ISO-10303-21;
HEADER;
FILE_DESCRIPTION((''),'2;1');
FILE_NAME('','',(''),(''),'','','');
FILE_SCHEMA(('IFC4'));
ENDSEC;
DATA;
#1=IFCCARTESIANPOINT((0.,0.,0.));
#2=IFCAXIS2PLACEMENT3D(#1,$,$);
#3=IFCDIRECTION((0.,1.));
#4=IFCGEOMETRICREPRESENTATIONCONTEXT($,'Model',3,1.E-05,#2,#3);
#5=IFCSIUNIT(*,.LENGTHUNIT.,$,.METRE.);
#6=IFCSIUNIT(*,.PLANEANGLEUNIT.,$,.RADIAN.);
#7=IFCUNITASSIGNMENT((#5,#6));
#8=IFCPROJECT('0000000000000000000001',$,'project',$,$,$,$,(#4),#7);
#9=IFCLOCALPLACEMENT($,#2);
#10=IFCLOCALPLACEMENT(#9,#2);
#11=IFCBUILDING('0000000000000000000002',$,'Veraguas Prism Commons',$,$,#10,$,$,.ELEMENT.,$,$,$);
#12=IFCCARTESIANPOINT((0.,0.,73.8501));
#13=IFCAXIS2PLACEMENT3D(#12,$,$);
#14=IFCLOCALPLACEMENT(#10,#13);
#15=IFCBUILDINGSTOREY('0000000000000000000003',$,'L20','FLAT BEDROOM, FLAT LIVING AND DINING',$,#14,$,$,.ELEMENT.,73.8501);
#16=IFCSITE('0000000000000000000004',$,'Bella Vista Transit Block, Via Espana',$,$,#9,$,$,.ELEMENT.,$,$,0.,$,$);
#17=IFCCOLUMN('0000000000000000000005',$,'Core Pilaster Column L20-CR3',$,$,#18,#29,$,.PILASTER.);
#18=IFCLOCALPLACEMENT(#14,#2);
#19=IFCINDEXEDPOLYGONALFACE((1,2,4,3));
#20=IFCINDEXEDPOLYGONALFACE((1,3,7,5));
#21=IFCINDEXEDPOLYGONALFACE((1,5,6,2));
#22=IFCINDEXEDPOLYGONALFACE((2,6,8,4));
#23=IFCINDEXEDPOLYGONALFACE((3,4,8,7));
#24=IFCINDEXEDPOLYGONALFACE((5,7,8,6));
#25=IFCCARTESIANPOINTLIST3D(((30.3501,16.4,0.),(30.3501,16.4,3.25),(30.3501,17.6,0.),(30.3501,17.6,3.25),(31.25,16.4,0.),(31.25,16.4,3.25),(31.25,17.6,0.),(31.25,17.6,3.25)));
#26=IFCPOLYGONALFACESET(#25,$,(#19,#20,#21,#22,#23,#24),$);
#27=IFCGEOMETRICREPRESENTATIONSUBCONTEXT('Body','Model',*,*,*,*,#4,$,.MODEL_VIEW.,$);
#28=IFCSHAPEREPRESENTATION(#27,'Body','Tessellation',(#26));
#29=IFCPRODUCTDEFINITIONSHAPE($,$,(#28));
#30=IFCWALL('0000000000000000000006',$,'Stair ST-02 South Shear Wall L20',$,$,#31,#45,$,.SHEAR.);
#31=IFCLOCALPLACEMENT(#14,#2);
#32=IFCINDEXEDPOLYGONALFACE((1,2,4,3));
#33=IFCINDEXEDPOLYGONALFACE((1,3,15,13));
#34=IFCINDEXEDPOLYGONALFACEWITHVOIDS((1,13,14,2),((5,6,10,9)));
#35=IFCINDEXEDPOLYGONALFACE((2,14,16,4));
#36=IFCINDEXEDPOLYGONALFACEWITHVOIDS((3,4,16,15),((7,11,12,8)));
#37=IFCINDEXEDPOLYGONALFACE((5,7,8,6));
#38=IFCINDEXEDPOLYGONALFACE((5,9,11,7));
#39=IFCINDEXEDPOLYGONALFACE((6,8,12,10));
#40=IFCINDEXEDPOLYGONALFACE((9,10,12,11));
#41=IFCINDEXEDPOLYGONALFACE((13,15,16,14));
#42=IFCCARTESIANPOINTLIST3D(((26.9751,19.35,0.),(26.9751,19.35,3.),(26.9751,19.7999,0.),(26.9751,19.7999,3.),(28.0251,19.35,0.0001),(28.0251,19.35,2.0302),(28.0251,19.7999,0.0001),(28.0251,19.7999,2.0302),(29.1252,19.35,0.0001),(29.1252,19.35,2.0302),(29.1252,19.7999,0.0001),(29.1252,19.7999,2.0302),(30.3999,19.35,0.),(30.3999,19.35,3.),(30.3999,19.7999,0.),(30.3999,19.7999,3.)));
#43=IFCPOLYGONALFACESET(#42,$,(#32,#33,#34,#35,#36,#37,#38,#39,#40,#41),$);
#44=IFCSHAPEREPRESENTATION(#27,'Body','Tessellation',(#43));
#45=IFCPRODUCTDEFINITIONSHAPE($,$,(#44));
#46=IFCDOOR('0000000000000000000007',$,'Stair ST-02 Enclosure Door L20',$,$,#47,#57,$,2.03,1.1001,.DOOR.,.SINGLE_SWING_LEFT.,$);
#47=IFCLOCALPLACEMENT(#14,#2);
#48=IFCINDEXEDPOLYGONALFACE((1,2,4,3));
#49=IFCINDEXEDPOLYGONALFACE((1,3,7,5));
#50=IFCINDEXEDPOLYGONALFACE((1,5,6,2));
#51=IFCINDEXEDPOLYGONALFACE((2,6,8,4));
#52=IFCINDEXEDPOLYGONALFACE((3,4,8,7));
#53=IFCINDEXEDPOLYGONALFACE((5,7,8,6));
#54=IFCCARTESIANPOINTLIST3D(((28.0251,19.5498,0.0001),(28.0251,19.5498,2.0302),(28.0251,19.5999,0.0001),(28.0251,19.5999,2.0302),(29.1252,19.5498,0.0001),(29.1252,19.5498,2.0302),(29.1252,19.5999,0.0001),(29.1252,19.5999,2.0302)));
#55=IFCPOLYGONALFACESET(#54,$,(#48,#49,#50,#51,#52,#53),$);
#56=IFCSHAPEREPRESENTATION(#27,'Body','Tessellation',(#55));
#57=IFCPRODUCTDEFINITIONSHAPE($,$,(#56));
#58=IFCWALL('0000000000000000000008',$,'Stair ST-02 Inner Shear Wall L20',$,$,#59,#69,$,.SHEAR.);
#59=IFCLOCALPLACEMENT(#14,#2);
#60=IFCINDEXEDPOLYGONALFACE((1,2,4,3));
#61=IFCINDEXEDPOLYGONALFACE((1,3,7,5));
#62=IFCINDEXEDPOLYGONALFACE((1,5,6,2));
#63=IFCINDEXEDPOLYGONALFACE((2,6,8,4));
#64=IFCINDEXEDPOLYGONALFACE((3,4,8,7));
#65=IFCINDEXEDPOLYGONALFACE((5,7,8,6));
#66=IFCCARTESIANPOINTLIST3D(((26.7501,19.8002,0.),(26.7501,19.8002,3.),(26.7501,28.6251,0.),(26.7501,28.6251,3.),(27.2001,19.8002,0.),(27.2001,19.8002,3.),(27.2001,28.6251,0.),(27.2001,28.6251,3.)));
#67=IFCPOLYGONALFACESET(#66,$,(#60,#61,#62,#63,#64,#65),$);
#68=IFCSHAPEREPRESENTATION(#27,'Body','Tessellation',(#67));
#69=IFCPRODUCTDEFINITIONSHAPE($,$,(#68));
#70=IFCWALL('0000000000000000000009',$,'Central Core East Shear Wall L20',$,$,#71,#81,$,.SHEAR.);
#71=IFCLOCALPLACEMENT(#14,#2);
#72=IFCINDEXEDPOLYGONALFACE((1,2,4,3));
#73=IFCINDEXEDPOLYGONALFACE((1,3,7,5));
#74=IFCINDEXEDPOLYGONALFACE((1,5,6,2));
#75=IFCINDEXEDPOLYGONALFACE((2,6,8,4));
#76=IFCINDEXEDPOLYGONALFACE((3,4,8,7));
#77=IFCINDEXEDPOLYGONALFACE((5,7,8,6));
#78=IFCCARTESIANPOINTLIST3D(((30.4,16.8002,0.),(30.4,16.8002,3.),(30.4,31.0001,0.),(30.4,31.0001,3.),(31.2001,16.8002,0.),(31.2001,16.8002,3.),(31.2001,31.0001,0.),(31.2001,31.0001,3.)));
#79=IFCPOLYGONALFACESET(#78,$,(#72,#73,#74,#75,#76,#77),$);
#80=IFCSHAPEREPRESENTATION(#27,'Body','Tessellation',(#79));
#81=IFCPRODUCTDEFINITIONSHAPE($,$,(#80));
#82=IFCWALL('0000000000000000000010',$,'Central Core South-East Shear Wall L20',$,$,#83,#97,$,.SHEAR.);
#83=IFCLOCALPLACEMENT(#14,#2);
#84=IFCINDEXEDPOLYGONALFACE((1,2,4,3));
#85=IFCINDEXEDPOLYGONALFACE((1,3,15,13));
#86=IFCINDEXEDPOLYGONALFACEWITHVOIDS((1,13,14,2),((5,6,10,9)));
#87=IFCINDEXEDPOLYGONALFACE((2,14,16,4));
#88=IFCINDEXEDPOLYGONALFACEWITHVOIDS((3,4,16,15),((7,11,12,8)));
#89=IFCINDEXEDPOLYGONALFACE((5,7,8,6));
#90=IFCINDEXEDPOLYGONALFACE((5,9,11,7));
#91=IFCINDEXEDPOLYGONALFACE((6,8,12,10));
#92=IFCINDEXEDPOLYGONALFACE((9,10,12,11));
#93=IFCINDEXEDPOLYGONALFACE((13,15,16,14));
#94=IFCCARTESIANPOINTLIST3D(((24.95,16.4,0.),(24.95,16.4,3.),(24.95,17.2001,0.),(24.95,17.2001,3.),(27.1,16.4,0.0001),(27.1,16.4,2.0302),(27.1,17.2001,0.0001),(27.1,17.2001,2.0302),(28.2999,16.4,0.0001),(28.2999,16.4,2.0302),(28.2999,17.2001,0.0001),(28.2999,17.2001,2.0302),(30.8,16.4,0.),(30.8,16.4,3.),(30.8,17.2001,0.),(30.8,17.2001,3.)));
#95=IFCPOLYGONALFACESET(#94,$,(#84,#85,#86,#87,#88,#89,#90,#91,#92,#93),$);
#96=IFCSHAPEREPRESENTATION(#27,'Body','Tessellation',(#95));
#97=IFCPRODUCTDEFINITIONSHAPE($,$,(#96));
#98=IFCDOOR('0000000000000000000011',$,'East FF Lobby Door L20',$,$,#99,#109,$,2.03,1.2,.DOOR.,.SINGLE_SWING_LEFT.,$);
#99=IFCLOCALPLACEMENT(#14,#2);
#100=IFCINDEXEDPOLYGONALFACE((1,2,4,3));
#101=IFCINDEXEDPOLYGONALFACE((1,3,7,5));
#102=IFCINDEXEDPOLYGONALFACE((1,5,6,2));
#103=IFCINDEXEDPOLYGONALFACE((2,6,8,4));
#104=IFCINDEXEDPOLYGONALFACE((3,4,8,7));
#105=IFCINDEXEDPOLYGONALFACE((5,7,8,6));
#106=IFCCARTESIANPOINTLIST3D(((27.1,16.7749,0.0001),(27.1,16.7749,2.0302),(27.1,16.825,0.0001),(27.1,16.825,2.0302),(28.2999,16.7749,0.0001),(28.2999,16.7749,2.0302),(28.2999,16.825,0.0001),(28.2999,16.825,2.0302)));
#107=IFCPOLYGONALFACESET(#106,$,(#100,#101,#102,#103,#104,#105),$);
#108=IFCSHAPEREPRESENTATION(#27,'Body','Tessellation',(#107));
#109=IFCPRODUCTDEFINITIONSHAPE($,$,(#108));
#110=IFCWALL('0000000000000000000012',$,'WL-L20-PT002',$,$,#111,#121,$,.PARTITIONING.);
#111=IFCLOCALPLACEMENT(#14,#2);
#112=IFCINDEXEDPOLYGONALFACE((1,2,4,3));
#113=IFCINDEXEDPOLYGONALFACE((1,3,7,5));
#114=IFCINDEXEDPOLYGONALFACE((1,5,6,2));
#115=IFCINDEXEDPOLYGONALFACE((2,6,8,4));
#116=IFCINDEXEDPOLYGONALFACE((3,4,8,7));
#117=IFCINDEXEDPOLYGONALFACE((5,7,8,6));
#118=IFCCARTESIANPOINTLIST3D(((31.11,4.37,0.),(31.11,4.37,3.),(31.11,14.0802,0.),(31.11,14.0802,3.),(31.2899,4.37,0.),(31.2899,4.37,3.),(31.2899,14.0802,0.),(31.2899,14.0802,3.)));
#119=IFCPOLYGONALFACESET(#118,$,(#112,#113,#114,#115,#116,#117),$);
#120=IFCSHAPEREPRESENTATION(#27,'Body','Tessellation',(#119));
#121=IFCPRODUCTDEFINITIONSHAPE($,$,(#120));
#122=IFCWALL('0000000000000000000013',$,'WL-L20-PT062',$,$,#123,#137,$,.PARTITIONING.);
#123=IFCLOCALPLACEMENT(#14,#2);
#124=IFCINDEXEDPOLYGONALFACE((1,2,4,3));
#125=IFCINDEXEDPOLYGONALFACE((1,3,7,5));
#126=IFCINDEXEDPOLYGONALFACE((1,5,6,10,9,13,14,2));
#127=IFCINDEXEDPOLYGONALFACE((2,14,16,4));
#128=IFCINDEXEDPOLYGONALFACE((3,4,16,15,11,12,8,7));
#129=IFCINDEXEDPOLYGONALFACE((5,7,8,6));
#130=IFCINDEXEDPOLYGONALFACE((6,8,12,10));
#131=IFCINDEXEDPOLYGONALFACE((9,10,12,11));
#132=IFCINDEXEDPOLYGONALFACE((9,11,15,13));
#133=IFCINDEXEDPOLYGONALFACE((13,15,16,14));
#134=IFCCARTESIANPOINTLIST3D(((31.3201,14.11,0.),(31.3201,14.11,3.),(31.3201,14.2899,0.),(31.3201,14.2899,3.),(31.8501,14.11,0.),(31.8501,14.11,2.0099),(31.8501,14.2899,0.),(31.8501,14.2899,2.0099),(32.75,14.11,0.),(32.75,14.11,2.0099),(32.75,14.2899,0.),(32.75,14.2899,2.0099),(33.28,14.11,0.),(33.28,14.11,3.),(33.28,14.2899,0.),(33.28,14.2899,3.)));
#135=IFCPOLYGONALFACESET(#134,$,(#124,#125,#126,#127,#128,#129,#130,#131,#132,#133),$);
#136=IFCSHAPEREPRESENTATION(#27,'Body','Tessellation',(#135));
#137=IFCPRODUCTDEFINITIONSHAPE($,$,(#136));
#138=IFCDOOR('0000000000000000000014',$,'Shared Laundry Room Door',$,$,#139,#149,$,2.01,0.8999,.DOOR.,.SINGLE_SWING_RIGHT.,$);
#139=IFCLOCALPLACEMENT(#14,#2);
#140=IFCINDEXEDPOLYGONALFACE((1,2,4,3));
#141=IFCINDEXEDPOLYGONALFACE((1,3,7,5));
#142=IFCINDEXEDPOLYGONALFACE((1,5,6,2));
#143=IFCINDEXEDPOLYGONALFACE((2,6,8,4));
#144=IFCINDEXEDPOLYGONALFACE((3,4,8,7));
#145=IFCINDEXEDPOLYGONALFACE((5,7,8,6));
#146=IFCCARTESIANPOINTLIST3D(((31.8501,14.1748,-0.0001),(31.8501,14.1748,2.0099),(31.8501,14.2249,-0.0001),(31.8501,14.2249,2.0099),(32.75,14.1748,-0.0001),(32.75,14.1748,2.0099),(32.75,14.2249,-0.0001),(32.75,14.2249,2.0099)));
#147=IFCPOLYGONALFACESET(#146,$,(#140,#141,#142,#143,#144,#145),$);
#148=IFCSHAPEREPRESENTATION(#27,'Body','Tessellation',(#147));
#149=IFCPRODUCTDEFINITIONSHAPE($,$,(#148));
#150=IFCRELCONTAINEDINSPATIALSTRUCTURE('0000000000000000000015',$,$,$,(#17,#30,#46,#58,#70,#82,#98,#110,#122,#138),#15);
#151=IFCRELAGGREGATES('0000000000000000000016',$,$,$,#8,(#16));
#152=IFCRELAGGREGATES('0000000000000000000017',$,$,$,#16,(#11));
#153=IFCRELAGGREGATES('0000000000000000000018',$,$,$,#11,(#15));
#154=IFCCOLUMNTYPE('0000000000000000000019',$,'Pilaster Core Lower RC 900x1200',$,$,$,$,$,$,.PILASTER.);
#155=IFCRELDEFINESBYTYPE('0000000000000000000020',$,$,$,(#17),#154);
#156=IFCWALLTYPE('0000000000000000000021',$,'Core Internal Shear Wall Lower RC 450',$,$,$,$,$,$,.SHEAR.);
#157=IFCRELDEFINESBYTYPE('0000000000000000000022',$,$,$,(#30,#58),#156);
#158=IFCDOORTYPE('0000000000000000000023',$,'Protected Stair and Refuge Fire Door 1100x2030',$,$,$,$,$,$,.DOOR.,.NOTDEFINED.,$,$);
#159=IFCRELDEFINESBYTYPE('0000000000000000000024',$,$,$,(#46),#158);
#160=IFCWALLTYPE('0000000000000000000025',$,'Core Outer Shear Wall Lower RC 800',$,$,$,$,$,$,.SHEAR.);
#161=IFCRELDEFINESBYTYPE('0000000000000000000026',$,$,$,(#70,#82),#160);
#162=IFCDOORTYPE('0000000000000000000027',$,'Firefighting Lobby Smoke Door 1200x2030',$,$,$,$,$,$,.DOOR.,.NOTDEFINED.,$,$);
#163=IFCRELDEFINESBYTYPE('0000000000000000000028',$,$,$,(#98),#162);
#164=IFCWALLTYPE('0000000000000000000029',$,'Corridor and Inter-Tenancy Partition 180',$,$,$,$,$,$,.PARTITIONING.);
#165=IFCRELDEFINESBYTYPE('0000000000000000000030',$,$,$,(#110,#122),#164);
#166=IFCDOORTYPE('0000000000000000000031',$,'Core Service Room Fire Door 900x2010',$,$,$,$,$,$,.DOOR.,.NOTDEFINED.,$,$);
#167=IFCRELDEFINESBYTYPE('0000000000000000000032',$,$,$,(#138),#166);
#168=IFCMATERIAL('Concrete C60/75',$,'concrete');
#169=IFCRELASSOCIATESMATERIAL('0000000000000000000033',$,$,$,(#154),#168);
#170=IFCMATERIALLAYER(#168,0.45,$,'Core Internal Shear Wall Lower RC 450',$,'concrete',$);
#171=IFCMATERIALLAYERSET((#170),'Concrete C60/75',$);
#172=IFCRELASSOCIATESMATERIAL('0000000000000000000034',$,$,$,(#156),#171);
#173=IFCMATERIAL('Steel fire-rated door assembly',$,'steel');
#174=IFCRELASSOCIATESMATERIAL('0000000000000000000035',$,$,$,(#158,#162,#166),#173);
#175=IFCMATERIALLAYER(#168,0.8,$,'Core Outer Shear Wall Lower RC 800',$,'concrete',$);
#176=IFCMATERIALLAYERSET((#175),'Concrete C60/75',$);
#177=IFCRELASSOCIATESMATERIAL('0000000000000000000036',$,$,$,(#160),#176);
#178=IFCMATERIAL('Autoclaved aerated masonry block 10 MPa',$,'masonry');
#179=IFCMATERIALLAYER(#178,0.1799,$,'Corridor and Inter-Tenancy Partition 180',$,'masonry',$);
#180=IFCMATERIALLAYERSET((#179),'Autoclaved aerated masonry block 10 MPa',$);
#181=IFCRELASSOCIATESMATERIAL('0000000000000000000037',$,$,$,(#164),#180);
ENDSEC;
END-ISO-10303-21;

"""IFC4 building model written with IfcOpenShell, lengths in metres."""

from ifc_helpers import new_model, si_unit, direction, frame, frame_2d, origin, origin_2d, place, context, subcontext, project, spatial, rectangle, extrude, source, transform, mapped, material, layer, layer_set, material_profile, profile_set, type_object, element, fill, save


model = new_model("IFC4")

# Units and contexts
model_context = context("Model", 3, precision=1e-05, world=origin(), true_north=direction((0.0, 1.0)))
body_context = subcontext(model_context, "Body", "Model", "MODEL_VIEW")
ifc_project = project(units=[si_unit("LENGTHUNIT", "METRE"), si_unit("PLANEANGLEUNIT", "RADIAN")], contexts=[model_context])

# Site, building, storey
site_placement = place(None, origin())
site = spatial("IfcSite", under=ifc_project, at=site_placement, Name="Bella Vista Transit Block, Via Espana", CompositionType="ELEMENT", RefElevation=0.0)
building_placement = place(site_placement, origin())
building = spatial("IfcBuilding", under=site, at=building_placement, Name="Veraguas Prism Commons", CompositionType="ELEMENT")
storey_placement = place(building_placement, frame((0.0, 0.0, 73.8501)))
storey = spatial("IfcBuildingStorey", under=building, at=storey_placement, Name="L20", Description="FLAT BEDROOM, FLAT LIVING AND DINING", CompositionType="ELEMENT", Elevation=73.8501)

# Column
ifc_material_1 = material(Name="Concrete C60/75", Category="concrete")
ifc_material_profile = material_profile(ifc_material_1, rectangle(XDim=0.8999, YDim=1.2, at=origin_2d()), Name="RC900X1200")
ifc_profile_set = profile_set([ifc_material_profile], Name="Concrete C60/75")
column_type = type_object("IfcColumnType", Name="Pilaster Core Lower RC 900x1200", PredefinedType="PILASTER", material=ifc_profile_set)
column_placement = place(storey_placement, frame((30.8, 17.0, 0.0), z_axis=(0.0, 0.0, 1.0), x_axis=(1.0, 0.0, 0.0)))
element("IfcColumn", 1, at=column_placement, inside=storey, type_object=column_type, Name="Core Pilaster Column L20-CR3", PredefinedType="PILASTER", context=body_context, shape_type="SweptSolid", body=[
    extrude(rectangle(XDim=0.8999, YDim=1.2, at=origin_2d()), origin(), (0.0, 0.0, 1.0), 3.25),
])

# Wall, opening, door
ifc_layer_1 = layer(ifc_material_1, 0.45, Name="Core Internal Shear Wall Lower RC 450", Category="concrete")
ifc_layer_set_1 = layer_set([ifc_layer_1], Name="Concrete C60/75")
wall_type_1 = type_object("IfcWallType", Name="Core Internal Shear Wall Lower RC 450", PredefinedType="SHEAR", material=ifc_layer_set_1)
wall_1_placement = place(storey_placement, frame((26.9751, 19.575, 0.0), z_axis=(0.0, 0.0, 1.0), x_axis=(1.0, 0.0, 0.0)))
wall_1 = element("IfcWall", 2, at=wall_1_placement, inside=storey, type_object=wall_type_1, Name="Stair ST-02 South Shear Wall L20", PredefinedType="SHEAR", context=body_context, shape_type="SweptSolid", body=[
    extrude(rectangle(XDim=3.4248, YDim=0.45, at=frame_2d((1.7124, 0.0))), origin(), (0.0, 0.0, 1.0), 3.0),
])
opening_1_placement = place(wall_1_placement, frame((1.05, 0.0, 0.0)))
opening_1 = element("IfcOpeningElement", 3, at=opening_1_placement, cuts=wall_1, PredefinedType="OPENING", context=body_context, shape_type="SweptSolid", body=[
    extrude(rectangle(XDim=1.1001, YDim=2.03, at=frame_2d((0.55, 1.0151))), frame((0.0, 0.2349, 0.0), z_axis=(0.0, -1.0, 0.0), x_axis=(1.0, 0.0, 0.0)), (0.0, 0.0, 1.0), 0.47),
])
ifc_material_2 = material(Name="Steel fire-rated door assembly", Category="steel")
door_type_1 = type_object("IfcDoorType", Name="Protected Stair and Refuge Fire Door 1100x2030", OperationType="NOTDEFINED", PredefinedType="DOOR", material=ifc_material_2)
shared_shape_1 = source(origin(), body_context, "Body", "SweptSolid", [
    extrude(rectangle(XDim=1.1001, YDim=2.03, at=frame_2d((0.55, 1.0151))), frame((0.0, 0.0249, 0.0), z_axis=(0.0, -1.0, 0.0), x_axis=(1.0, 0.0, 0.0)), (0.0, 0.0, 1.0), 0.05),
])
door_1_placement = place(opening_1_placement, origin())
door_1 = element("IfcDoor", 4, at=door_1_placement, inside=storey, type_object=door_type_1, Name="Stair ST-02 Enclosure Door L20", OperationType="SINGLE_SWING_LEFT", OverallHeight=2.03, OverallWidth=1.1001, PredefinedType="DOOR", context=body_context, shape_type="MappedRepresentation", body=[
    mapped(shared_shape_1, transform((0.0, 0.0, 0.0), scale=1.0)),
])
fill(opening_1, door_1)

# Walls
wall_2_placement = place(storey_placement, frame((26.9751, 19.8, 0.0), z_axis=(0.0, 0.0, 1.0), x_axis=(0.0, 1.0, 0.0)))
element("IfcWall", 5, at=wall_2_placement, inside=storey, type_object=wall_type_1, Name="Stair ST-02 Inner Shear Wall L20", PredefinedType="SHEAR", context=body_context, shape_type="SweptSolid", body=[
    extrude(rectangle(XDim=8.825, YDim=0.45, at=frame_2d((4.4126, 0.0))), origin(), (0.0, 0.0, 1.0), 3.0),
])
ifc_layer_2 = layer(ifc_material_1, 0.8, Name="Core Outer Shear Wall Lower RC 800", Category="concrete")
ifc_layer_set_2 = layer_set([ifc_layer_2], Name="Concrete C60/75")
wall_type_2 = type_object("IfcWallType", Name="Core Outer Shear Wall Lower RC 800", PredefinedType="SHEAR", material=ifc_layer_set_2)
wall_3_placement = place(storey_placement, frame((30.8, 16.8, 0.0), z_axis=(0.0, 0.0, 1.0), x_axis=(0.0, 1.0, 0.0)))
element("IfcWall", 6, at=wall_3_placement, inside=storey, type_object=wall_type_2, Name="Central Core East Shear Wall L20", PredefinedType="SHEAR", context=body_context, shape_type="SweptSolid", body=[
    extrude(rectangle(XDim=14.2, YDim=0.8, at=frame_2d((7.1001, 0.0))), origin(), (0.0, 0.0, 1.0), 3.0),
])

# Wall, opening, door
wall_4_placement = place(storey_placement, frame((24.95, 16.8, 0.0), z_axis=(0.0, 0.0, 1.0), x_axis=(1.0, 0.0, 0.0)))
wall_4 = element("IfcWall", 7, at=wall_4_placement, inside=storey, type_object=wall_type_2, Name="Central Core South-East Shear Wall L20", PredefinedType="SHEAR", context=body_context, shape_type="SweptSolid", body=[
    extrude(rectangle(XDim=5.8501, YDim=0.8, at=frame_2d((2.925, 0.0))), origin(), (0.0, 0.0, 1.0), 3.0),
])
opening_2_placement = place(wall_4_placement, frame((2.1499, 0.0, 0.0)))
opening_2 = element("IfcOpeningElement", 8, at=opening_2_placement, cuts=wall_4, PredefinedType="OPENING", context=body_context, shape_type="SweptSolid", body=[
    extrude(rectangle(XDim=1.2, YDim=2.03, at=frame_2d((0.6001, 1.0151))), frame((0.0, 0.4099, 0.0), z_axis=(0.0, -1.0, 0.0), x_axis=(1.0, 0.0, 0.0)), (0.0, 0.0, 1.0), 0.8201),
])
door_type_2 = type_object("IfcDoorType", Name="Firefighting Lobby Smoke Door 1200x2030", OperationType="NOTDEFINED", PredefinedType="DOOR", material=ifc_material_2)
shared_shape_2 = source(origin(), body_context, "Body", "SweptSolid", [
    extrude(rectangle(XDim=1.2, YDim=2.03, at=frame_2d((0.6001, 1.0151))), frame((0.0, 0.0249, 0.0), z_axis=(0.0, -1.0, 0.0), x_axis=(1.0, 0.0, 0.0)), (0.0, 0.0, 1.0), 0.05),
])
door_2_placement = place(opening_2_placement, origin())
door_2 = element("IfcDoor", 9, at=door_2_placement, inside=storey, type_object=door_type_2, Name="East FF Lobby Door L20", OperationType="SINGLE_SWING_LEFT", OverallHeight=2.03, OverallWidth=1.2, PredefinedType="DOOR", context=body_context, shape_type="MappedRepresentation", body=[
    mapped(shared_shape_2, transform((0.0, 0.0, 0.0), scale=1.0)),
])
fill(opening_2, door_2)

# Wall
ifc_material_3 = material(Name="Autoclaved aerated masonry block 10 MPa", Category="masonry")
ifc_layer_3 = layer(ifc_material_3, 0.1799, Name="Corridor and Inter-Tenancy Partition 180", Category="masonry")
ifc_layer_set_3 = layer_set([ifc_layer_3], Name="Autoclaved aerated masonry block 10 MPa")
wall_type_3 = type_object("IfcWallType", Name="Corridor and Inter-Tenancy Partition 180", PredefinedType="PARTITIONING", material=ifc_layer_set_3)
wall_5_placement = place(storey_placement, frame((31.2, 14.0801, 0.0), z_axis=(0.0, 0.0, 1.0), x_axis=(0.0, -1.0, 0.0)))
element("IfcWall", 10, at=wall_5_placement, inside=storey, type_object=wall_type_3, Name="WL-L20-PT002", PredefinedType="PARTITIONING", context=body_context, shape_type="SweptSolid", body=[
    extrude(rectangle(XDim=9.7102, YDim=0.1799, at=frame_2d((4.855, 0.0))), origin(), (0.0, 0.0, 1.0), 3.0),
])

# Wall, opening, door
wall_6_placement = place(storey_placement, frame((31.3201, 14.2, 0.0), z_axis=(0.0, 0.0, 1.0), x_axis=(1.0, 0.0, 0.0)))
wall_6 = element("IfcWall", 11, at=wall_6_placement, inside=storey, type_object=wall_type_3, Name="WL-L20-PT062", PredefinedType="PARTITIONING", context=body_context, shape_type="SweptSolid", body=[
    extrude(rectangle(XDim=1.96, YDim=0.1799, at=frame_2d((0.98, 0.0))), origin(), (0.0, 0.0, 1.0), 3.0),
])
opening_3_placement = place(wall_6_placement, frame((0.53, 0.0, 0.0)))
opening_3 = element("IfcOpeningElement", 12, at=opening_3_placement, cuts=wall_6, PredefinedType="OPENING", context=body_context, shape_type="SweptSolid", body=[
    extrude(rectangle(XDim=0.8999, YDim=2.01, at=frame_2d((0.45, 1.0049))), frame((0.0, 0.0999, 0.0), z_axis=(0.0, -1.0, 0.0), x_axis=(1.0, 0.0, 0.0)), (0.0, 0.0, 1.0), 0.2),
])
door_type_3 = type_object("IfcDoorType", Name="Core Service Room Fire Door 900x2010", OperationType="NOTDEFINED", PredefinedType="DOOR", material=ifc_material_2)
shared_shape_3 = source(origin(), body_context, "Body", "SweptSolid", [
    extrude(rectangle(XDim=0.8999, YDim=2.01, at=frame_2d((0.45, 1.0049))), frame((0.0, 0.0249, 0.0), z_axis=(0.0, -1.0, 0.0), x_axis=(1.0, 0.0, 0.0)), (0.0, 0.0, 1.0), 0.05),
])
door_3_placement = place(opening_3_placement, origin())
door_3 = element("IfcDoor", 13, at=door_3_placement, inside=storey, type_object=door_type_3, Name="Shared Laundry Room Door", OperationType="SINGLE_SWING_RIGHT", OverallHeight=2.01, OverallWidth=0.8999, PredefinedType="DOOR", context=body_context, shape_type="MappedRepresentation", body=[
    mapped(shared_shape_3, transform((0.0, 0.0, 0.0), scale=1.0)),
])
fill(opening_3, door_3)

save(model, "model.ifc")
